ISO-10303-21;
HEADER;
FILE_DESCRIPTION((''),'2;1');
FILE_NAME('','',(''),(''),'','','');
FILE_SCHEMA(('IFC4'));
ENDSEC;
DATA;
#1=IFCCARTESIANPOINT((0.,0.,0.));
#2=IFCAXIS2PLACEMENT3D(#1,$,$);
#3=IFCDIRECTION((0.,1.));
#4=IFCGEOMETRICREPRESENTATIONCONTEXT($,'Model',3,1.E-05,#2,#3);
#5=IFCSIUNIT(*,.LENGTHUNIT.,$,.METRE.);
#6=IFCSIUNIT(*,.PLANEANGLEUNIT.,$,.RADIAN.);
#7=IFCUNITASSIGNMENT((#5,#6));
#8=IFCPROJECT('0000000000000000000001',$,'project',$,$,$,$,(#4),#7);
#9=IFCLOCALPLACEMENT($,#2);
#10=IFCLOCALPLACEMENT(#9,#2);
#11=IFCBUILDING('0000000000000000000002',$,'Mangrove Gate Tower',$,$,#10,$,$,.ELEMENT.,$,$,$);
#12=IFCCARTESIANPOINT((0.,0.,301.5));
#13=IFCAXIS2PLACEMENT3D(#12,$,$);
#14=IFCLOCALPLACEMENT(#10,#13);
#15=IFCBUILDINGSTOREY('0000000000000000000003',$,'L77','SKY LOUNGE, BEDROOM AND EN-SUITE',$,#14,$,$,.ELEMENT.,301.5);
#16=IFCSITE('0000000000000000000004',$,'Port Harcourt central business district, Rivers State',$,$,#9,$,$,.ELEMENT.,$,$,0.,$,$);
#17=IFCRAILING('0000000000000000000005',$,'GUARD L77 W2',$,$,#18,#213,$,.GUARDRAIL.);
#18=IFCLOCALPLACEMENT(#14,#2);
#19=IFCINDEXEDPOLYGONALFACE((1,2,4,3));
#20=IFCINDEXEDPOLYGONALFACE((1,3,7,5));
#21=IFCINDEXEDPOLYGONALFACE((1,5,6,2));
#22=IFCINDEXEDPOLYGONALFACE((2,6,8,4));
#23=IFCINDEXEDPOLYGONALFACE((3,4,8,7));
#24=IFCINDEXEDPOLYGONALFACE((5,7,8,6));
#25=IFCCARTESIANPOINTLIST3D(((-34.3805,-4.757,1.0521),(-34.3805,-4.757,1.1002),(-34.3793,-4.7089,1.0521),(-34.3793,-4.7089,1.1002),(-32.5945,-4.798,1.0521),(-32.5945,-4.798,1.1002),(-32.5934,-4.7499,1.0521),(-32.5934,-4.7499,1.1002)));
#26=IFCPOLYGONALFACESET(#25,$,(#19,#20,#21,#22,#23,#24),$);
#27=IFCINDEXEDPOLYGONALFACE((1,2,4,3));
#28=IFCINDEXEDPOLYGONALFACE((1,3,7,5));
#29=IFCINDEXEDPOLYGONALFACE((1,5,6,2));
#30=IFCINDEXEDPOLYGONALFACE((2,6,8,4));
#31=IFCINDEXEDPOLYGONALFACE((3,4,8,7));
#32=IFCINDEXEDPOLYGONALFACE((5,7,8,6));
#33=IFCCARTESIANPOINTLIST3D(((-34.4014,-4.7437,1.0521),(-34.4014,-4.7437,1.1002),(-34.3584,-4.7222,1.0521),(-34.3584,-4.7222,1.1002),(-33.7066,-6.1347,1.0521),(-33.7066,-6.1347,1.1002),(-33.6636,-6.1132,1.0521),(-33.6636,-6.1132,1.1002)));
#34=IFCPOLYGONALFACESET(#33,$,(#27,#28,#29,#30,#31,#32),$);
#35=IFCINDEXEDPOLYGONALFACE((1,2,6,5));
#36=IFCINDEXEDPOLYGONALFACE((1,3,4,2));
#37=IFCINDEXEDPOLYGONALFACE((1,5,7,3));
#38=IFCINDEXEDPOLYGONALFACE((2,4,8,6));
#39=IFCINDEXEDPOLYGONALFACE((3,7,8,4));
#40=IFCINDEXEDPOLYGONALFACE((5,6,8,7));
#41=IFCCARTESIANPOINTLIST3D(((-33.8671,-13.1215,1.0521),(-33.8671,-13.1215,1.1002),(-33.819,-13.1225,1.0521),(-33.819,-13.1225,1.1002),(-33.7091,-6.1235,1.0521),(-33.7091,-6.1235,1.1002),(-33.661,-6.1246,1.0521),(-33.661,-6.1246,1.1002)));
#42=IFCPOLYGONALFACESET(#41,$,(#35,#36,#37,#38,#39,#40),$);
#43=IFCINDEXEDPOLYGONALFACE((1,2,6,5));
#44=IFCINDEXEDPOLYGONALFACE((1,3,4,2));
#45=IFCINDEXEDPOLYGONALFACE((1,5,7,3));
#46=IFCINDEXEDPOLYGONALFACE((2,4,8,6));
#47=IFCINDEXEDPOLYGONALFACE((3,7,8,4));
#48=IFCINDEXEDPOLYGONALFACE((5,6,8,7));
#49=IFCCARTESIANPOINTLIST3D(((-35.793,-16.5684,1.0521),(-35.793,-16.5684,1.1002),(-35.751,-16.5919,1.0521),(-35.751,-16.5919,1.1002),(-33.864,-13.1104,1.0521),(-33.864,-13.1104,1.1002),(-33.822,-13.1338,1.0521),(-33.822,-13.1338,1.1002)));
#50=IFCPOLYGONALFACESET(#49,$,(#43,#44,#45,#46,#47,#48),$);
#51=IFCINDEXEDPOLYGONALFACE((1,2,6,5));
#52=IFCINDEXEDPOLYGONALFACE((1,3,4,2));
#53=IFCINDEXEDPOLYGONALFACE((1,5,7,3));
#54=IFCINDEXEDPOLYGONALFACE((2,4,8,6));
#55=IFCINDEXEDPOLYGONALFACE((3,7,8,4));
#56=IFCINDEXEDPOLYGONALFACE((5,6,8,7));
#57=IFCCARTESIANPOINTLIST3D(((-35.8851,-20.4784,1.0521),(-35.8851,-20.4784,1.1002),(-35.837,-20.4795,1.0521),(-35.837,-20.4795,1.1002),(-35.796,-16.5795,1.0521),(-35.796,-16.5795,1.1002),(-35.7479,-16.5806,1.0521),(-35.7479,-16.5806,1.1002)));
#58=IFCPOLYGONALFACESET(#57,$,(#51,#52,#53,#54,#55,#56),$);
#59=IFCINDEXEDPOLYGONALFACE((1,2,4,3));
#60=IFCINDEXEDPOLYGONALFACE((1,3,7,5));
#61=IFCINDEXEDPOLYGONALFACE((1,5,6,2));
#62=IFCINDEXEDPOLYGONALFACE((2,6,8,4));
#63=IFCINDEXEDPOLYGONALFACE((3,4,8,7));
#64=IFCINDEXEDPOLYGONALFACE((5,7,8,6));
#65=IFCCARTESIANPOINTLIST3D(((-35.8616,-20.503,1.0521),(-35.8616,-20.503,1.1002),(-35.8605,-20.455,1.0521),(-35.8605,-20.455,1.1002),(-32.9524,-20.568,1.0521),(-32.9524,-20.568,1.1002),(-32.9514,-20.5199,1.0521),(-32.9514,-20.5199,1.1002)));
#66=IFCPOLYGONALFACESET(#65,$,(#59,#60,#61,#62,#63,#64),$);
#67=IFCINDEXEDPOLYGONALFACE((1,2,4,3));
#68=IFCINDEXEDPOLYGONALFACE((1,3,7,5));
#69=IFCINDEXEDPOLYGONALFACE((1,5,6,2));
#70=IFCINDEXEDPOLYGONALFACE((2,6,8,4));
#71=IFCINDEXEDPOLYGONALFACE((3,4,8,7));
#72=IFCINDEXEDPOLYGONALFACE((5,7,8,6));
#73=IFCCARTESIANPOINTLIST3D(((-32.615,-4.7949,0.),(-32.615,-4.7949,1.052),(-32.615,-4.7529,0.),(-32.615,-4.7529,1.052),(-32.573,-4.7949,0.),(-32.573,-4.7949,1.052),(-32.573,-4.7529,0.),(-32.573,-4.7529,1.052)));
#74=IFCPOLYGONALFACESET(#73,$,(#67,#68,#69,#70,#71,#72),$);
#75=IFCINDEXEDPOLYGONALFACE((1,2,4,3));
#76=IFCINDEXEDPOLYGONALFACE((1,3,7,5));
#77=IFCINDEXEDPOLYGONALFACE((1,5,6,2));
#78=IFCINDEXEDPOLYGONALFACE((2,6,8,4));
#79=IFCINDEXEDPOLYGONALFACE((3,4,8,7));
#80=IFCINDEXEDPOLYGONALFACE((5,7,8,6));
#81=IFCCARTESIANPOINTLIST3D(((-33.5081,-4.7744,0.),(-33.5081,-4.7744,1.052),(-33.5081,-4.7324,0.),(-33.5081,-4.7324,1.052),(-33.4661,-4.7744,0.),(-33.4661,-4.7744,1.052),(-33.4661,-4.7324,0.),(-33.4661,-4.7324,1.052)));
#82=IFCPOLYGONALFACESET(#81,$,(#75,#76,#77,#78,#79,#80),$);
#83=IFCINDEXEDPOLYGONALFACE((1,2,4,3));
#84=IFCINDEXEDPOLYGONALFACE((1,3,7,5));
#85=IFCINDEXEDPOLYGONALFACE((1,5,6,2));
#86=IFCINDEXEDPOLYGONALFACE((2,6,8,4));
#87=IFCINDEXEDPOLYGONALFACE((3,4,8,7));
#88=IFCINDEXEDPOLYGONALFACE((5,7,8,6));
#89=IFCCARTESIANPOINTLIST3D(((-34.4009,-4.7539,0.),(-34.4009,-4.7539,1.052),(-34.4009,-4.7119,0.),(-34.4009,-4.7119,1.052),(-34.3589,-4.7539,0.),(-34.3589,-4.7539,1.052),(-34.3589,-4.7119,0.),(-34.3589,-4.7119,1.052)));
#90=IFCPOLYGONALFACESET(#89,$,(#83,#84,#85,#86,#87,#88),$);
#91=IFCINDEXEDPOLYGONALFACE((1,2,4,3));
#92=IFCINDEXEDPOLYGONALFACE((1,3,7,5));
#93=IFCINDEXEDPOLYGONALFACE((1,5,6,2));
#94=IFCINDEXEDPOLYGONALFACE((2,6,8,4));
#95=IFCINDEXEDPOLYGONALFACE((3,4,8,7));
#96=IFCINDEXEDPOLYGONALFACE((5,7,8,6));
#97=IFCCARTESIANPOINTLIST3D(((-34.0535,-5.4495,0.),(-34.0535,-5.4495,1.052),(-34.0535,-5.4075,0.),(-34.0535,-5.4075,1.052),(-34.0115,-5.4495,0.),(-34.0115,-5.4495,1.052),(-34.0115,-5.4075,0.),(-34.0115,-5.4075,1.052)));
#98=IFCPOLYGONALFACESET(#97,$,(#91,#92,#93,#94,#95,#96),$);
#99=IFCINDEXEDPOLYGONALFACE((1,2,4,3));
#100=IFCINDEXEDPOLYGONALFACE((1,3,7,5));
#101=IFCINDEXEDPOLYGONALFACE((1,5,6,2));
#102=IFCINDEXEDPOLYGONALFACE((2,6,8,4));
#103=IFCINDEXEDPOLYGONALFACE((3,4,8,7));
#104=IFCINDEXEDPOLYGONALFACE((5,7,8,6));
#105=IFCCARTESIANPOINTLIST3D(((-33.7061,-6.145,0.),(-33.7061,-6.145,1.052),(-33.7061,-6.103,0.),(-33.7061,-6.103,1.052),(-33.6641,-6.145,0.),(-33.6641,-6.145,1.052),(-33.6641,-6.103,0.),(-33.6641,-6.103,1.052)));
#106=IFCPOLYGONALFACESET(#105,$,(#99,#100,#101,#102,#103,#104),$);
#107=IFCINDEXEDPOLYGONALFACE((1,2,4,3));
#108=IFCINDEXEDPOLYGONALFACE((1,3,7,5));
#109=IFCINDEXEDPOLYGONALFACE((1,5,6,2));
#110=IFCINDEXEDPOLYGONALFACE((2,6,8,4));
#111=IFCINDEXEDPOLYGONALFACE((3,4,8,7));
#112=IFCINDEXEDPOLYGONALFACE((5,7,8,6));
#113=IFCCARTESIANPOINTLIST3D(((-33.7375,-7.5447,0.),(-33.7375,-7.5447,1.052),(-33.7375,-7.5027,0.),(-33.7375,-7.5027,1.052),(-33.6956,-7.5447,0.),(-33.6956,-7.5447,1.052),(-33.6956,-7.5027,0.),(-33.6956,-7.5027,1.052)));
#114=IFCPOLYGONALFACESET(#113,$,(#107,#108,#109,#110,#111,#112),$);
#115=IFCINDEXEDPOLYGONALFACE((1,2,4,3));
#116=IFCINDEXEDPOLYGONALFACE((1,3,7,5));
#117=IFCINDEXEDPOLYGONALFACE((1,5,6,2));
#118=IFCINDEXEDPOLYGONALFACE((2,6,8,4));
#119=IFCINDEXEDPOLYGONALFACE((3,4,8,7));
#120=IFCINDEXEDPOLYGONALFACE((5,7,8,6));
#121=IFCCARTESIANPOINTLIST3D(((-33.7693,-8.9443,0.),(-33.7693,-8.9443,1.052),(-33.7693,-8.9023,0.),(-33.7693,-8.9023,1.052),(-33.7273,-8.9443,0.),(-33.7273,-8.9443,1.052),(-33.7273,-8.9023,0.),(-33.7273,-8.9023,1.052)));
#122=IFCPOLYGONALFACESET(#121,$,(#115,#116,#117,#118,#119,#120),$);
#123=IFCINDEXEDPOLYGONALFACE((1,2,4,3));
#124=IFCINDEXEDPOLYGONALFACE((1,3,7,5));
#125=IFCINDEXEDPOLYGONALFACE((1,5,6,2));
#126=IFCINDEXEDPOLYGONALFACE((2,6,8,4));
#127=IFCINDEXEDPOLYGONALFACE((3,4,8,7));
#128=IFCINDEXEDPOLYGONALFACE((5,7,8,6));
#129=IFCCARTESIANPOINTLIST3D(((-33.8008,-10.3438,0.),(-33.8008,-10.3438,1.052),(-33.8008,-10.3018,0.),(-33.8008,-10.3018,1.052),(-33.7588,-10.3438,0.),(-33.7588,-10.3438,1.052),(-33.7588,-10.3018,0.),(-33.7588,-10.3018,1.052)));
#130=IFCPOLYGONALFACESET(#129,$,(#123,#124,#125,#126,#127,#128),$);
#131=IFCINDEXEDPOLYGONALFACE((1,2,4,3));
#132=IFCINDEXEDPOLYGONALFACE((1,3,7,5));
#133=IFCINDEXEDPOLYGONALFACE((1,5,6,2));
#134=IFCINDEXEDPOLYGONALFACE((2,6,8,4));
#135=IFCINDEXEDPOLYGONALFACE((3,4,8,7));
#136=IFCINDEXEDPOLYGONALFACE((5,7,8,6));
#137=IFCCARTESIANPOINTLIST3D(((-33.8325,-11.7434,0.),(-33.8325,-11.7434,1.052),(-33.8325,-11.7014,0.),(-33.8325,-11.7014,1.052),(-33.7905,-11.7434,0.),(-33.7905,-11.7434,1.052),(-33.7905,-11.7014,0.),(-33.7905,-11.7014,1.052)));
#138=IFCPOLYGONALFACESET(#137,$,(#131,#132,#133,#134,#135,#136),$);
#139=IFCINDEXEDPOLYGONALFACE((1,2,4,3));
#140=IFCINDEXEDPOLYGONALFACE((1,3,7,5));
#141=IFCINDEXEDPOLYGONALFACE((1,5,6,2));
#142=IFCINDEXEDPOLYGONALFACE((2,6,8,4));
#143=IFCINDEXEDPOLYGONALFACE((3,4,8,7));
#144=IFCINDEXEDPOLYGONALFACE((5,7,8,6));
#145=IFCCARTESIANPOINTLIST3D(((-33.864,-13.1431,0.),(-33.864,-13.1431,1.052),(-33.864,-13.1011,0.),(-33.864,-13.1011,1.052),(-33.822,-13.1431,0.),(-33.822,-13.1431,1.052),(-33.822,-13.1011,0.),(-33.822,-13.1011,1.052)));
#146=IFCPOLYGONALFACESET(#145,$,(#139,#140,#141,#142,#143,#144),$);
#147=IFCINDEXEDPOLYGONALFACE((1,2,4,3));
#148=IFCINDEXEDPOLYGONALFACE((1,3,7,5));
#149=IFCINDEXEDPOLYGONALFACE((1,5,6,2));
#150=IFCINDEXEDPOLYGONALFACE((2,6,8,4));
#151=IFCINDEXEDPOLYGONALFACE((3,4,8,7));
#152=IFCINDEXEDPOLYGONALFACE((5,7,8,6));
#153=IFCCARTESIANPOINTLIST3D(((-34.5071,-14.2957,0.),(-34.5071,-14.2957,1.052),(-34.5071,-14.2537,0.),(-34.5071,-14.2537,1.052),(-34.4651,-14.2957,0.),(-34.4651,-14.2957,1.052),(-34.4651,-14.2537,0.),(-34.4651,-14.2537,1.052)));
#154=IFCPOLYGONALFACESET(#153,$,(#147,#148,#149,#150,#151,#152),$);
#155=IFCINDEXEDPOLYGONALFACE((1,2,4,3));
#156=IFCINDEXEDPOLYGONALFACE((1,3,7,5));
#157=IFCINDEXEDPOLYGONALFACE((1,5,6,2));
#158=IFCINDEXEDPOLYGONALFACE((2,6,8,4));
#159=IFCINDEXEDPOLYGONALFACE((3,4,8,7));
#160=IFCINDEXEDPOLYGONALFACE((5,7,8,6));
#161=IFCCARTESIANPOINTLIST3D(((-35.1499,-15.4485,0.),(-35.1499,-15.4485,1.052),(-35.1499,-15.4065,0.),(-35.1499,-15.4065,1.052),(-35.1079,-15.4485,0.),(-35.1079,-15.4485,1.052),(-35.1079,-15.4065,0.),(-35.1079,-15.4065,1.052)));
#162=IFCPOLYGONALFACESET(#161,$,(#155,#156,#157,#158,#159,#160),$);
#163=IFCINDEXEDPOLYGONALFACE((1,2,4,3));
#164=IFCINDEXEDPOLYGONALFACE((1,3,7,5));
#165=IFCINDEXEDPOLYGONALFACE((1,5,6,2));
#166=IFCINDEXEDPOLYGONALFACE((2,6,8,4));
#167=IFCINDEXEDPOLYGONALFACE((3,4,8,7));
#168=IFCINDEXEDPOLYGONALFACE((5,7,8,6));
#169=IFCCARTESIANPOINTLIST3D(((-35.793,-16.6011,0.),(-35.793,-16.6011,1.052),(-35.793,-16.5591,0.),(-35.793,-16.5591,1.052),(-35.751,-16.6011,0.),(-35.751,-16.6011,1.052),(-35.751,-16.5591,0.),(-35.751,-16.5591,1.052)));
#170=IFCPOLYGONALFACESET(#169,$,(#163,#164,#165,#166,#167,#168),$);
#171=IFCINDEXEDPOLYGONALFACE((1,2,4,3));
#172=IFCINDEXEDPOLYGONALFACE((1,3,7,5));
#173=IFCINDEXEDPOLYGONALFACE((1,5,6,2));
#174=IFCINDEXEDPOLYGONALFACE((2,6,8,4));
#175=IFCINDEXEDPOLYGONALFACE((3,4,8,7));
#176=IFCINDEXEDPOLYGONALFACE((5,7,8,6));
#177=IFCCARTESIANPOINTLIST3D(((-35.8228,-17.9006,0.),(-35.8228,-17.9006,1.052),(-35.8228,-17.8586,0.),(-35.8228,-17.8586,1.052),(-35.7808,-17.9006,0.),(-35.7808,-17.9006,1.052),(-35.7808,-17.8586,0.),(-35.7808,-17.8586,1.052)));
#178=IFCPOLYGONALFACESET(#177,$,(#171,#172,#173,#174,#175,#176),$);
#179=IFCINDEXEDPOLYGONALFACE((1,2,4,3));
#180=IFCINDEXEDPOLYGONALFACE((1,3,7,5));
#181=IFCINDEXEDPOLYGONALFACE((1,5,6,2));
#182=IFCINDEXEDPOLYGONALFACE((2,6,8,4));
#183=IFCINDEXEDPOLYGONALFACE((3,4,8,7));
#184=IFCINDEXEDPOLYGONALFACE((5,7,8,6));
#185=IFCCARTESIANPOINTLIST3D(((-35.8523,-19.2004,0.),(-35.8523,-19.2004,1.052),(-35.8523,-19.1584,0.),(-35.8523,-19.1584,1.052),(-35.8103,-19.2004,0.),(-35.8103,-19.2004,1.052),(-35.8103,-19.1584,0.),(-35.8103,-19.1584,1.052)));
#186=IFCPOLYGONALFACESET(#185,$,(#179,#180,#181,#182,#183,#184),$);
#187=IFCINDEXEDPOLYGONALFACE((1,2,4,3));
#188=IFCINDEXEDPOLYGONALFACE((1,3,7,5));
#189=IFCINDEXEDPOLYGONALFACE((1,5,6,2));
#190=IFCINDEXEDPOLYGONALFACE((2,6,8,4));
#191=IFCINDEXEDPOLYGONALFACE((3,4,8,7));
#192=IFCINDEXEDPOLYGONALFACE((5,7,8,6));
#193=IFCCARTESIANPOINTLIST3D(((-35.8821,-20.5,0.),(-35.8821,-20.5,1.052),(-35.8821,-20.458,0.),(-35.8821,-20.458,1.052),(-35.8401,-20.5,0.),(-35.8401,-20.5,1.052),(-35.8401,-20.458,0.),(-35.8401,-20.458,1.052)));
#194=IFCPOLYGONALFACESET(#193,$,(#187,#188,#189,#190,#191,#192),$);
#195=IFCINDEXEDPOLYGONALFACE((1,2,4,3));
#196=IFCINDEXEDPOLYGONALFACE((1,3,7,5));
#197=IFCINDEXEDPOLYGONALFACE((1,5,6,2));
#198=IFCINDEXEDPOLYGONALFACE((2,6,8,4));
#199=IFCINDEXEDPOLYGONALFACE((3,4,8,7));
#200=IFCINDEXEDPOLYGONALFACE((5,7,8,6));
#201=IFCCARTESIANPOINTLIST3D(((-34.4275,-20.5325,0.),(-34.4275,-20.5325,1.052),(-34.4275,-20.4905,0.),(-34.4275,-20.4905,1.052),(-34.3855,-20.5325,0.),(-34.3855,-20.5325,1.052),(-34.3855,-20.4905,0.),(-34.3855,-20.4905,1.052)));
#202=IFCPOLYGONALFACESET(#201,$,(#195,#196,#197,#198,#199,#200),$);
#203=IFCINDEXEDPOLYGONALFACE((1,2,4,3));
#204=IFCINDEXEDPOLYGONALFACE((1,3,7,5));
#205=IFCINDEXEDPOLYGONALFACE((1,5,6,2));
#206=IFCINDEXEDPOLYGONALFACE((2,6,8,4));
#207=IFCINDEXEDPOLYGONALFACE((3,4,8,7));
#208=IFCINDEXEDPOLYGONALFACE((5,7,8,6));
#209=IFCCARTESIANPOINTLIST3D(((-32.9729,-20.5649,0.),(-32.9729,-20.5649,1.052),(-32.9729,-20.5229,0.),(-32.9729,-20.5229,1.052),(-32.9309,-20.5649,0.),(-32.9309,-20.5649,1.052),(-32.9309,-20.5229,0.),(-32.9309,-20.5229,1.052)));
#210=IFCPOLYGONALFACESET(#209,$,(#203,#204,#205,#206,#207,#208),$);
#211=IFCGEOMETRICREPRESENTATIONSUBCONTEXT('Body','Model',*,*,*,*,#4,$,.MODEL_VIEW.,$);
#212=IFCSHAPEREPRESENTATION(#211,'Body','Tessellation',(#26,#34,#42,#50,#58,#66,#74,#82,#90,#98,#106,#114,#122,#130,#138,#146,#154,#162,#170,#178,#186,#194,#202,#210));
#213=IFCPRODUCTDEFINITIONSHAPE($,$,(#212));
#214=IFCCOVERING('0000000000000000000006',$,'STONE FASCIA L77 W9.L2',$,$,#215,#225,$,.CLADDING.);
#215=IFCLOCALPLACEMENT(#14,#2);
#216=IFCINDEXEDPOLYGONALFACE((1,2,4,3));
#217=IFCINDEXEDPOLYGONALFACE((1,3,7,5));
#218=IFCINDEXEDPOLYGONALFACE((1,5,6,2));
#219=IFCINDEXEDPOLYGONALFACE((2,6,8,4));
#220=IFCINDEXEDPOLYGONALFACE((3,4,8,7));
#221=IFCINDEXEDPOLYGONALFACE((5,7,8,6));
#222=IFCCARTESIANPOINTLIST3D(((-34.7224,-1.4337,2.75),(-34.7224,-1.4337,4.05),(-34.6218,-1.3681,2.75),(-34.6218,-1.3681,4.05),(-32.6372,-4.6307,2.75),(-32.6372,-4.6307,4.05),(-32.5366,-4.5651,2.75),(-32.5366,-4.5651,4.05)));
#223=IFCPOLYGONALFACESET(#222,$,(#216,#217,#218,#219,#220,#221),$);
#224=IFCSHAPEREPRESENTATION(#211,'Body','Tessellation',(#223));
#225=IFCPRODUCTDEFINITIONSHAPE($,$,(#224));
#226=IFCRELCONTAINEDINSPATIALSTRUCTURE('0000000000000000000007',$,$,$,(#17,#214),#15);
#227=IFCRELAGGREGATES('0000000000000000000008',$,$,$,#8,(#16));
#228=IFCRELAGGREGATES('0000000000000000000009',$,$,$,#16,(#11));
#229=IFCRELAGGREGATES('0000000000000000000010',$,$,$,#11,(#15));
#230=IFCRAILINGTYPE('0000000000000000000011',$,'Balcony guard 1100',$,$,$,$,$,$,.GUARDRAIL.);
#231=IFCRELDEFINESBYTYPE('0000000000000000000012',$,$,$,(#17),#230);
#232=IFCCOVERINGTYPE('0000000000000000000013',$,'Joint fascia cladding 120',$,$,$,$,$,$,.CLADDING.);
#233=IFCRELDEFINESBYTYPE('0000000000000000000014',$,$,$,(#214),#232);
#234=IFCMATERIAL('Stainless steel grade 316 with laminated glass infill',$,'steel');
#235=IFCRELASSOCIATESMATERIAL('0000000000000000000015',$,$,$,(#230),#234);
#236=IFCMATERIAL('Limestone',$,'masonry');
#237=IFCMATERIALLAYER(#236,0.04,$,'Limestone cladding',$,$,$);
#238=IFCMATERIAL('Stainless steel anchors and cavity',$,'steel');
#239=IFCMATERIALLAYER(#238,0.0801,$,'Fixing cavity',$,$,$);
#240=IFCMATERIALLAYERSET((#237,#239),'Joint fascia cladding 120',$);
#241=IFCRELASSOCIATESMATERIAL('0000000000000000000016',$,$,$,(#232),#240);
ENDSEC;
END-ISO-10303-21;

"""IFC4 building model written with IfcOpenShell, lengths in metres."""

from ifc_helpers import new_model, si_unit, direction, frame, frame_2d, origin, origin_2d, place, context, subcontext, project, spatial, rectangle, extrude, material, layer, layer_set, type_object, element, save


model = new_model("IFC4")

# Units and contexts
model_context = context("Model", 3, precision=1e-05, world=origin(), true_north=direction((0.0, 1.0)))
body_context = subcontext(model_context, "Body", "Model", "MODEL_VIEW")
ifc_project = project(units=[si_unit("LENGTHUNIT", "METRE"), si_unit("PLANEANGLEUNIT", "RADIAN")], contexts=[model_context])

# Site, building, storey
site_placement = place(None, origin())
site = spatial("IfcSite", under=ifc_project, at=site_placement, Name="Port Harcourt central business district, Rivers State", CompositionType="ELEMENT", RefElevation=0.0)
building_placement = place(site_placement, origin())
building = spatial("IfcBuilding", under=site, at=building_placement, Name="Mangrove Gate Tower", CompositionType="ELEMENT")
storey_placement = place(building_placement, frame((0.0, 0.0, 301.5)))
storey = spatial("IfcBuildingStorey", under=building, at=storey_placement, Name="L77", Description="SKY LOUNGE, BEDROOM AND EN-SUITE", CompositionType="ELEMENT", Elevation=301.5)

# Shared definitions
ifc_material_1 = material(Name="Limestone", Category="masonry")

# Railing
ifc_material_2 = material(Name="Stainless steel grade 316 with laminated glass infill", Category="steel")
railing_type = type_object("IfcRailingType", Name="Balcony guard 1100", PredefinedType="GUARDRAIL", material=ifc_material_2)
railing_placement = place(storey_placement, frame((-32.594, -4.7739, 0.0)))
element("IfcRailing", 1, at=railing_placement, inside=storey, type_object=railing_type, Name="GUARD L77 W2", PredefinedType="GUARDRAIL", context=body_context, shape_type="SweptSolid", body=[
    extrude(rectangle(XDim=0.0481, YDim=0.0481, at=origin_2d()), frame((0.0, 0.0, 1.0762), z_axis=(-0.999736, 0.02296, 0.0), x_axis=(-0.02296, -0.999736, 0.0)), (0.0, 0.0, 1.0), 1.7864),
    extrude(rectangle(XDim=0.0481, YDim=0.0481, at=origin_2d()), frame((-1.7859, 0.041, 1.0762), z_axis=(0.446837, -0.894616, 0.0), x_axis=(0.894616, 0.446837, 0.0)), (0.0, 0.0, 1.0), 1.5549),
    extrude(rectangle(XDim=0.0481, YDim=0.0481, at=origin_2d()), frame((-1.0911, -1.3501, 1.0762), z_axis=(-0.022566, -0.999745, 0.0), x_axis=(0.999745, -0.022566, 0.0)), (0.0, 0.0, 1.0), 6.9998),
    extrude(rectangle(XDim=0.0481, YDim=0.0481, at=origin_2d()), frame((-1.249, -8.3481, 1.0762), z_axis=(-0.487155, -0.873315, 0.0), x_axis=(0.873315, -0.487155, 0.0)), (0.0, 0.0, 1.0), 3.9597),
    extrude(rectangle(XDim=0.0481, YDim=0.0481, at=origin_2d()), frame((-3.178, -11.8062, 1.0762), z_axis=(-0.022849, -0.999739, 0.0), x_axis=(0.999739, -0.022849, 0.0)), (0.0, 0.0, 1.0), 3.8999),
    extrude(rectangle(XDim=0.0481, YDim=0.0481, at=origin_2d()), frame((-3.2671, -15.7051, 1.0762), z_axis=(0.999751, -0.022317, 0.0), x_axis=(0.022317, 0.999751, 0.0)), (0.0, 0.0, 1.0), 2.9099),
    extrude(rectangle(XDim=0.042, YDim=0.042, at=origin_2d()), origin(), (0.0, 0.0, 1.0), 1.052),
    extrude(rectangle(XDim=0.042, YDim=0.042, at=origin_2d()), frame((-0.8931, 0.0205, 0.0)), (0.0, 0.0, 1.0), 1.052),
    extrude(rectangle(XDim=0.042, YDim=0.042, at=origin_2d()), frame((-1.7859, 0.041, 0.0)), (0.0, 0.0, 1.0), 1.052),
    extrude(rectangle(XDim=0.042, YDim=0.042, at=origin_2d()), frame((-1.4385, -0.6545, 0.0)), (0.0, 0.0, 1.0), 1.052),
    extrude(rectangle(XDim=0.042, YDim=0.042, at=origin_2d()), frame((-1.0911, -1.3501, 0.0)), (0.0, 0.0, 1.0), 1.052),
    extrude(rectangle(XDim=0.042, YDim=0.042, at=origin_2d()), frame((-1.1226, -2.7498, 0.0)), (0.0, 0.0, 1.0), 1.052),
    extrude(rectangle(XDim=0.042, YDim=0.042, at=origin_2d()), frame((-1.1543, -4.1494, 0.0)), (0.0, 0.0, 1.0), 1.052),
    extrude(rectangle(XDim=0.042, YDim=0.042, at=origin_2d()), frame((-1.1858, -5.5488, 0.0)), (0.0, 0.0, 1.0), 1.052),
    extrude(rectangle(XDim=0.042, YDim=0.042, at=origin_2d()), frame((-1.2175, -6.9485, 0.0)), (0.0, 0.0, 1.0), 1.052),
    extrude(rectangle(XDim=0.042, YDim=0.042, at=origin_2d()), frame((-1.249, -8.3481, 0.0)), (0.0, 0.0, 1.0), 1.052),
    extrude(rectangle(XDim=0.042, YDim=0.042, at=origin_2d()), frame((-1.8921, -9.5007, 0.0)), (0.0, 0.0, 1.0), 1.052),
    extrude(rectangle(XDim=0.042, YDim=0.042, at=origin_2d()), frame((-2.5349, -10.6536, 0.0)), (0.0, 0.0, 1.0), 1.052),
    extrude(rectangle(XDim=0.042, YDim=0.042, at=origin_2d()), frame((-3.178, -11.8062, 0.0)), (0.0, 0.0, 1.0), 1.052),
    extrude(rectangle(XDim=0.042, YDim=0.042, at=origin_2d()), frame((-3.2078, -13.1057, 0.0)), (0.0, 0.0, 1.0), 1.052),
    extrude(rectangle(XDim=0.042, YDim=0.042, at=origin_2d()), frame((-3.2373, -14.4055, 0.0)), (0.0, 0.0, 1.0), 1.052),
    extrude(rectangle(XDim=0.042, YDim=0.042, at=origin_2d()), frame((-3.2671, -15.7051, 0.0)), (0.0, 0.0, 1.0), 1.052),
    extrude(rectangle(XDim=0.042, YDim=0.042, at=origin_2d()), frame((-1.8125, -15.7375, 0.0)), (0.0, 0.0, 1.0), 1.052),
    extrude(rectangle(XDim=0.042, YDim=0.042, at=origin_2d()), frame((-0.3579, -15.77, 0.0)), (0.0, 0.0, 1.0), 1.052),
])

# Covering
ifc_layer_1 = layer(ifc_material_1, 0.04, Name="Limestone cladding")
ifc_material_3 = material(Name="Stainless steel anchors and cavity", Category="steel")
ifc_layer_2 = layer(ifc_material_3, 0.0801, Name="Fixing cavity")
ifc_layer_set_1 = layer_set([ifc_layer_1, ifc_layer_2], Name="Joint fascia cladding 120")
covering_type = type_object("IfcCoveringType", Name="Joint fascia cladding 120", PredefinedType="CLADDING", material=ifc_layer_set_1)
covering_1_placement = place(storey_placement, frame((-34.6721, -1.4009, 2.75), z_axis=(0.0, 0.0, 1.0), x_axis=(0.546303, -0.837588, 0.0)))
element("IfcCovering", 2, at=covering_1_placement, inside=storey, type_object=covering_type, Name="STONE FASCIA L77 W9.L2", PredefinedType="CLADDING", context=body_context, shape_type="SweptSolid", body=[
    extrude(rectangle(XDim=3.8169, YDim=0.1201, at=frame_2d((1.9084, 0.0))), origin(), (0.0, 0.0, 1.0), 1.3),
])

save(model, "model.ifc")
